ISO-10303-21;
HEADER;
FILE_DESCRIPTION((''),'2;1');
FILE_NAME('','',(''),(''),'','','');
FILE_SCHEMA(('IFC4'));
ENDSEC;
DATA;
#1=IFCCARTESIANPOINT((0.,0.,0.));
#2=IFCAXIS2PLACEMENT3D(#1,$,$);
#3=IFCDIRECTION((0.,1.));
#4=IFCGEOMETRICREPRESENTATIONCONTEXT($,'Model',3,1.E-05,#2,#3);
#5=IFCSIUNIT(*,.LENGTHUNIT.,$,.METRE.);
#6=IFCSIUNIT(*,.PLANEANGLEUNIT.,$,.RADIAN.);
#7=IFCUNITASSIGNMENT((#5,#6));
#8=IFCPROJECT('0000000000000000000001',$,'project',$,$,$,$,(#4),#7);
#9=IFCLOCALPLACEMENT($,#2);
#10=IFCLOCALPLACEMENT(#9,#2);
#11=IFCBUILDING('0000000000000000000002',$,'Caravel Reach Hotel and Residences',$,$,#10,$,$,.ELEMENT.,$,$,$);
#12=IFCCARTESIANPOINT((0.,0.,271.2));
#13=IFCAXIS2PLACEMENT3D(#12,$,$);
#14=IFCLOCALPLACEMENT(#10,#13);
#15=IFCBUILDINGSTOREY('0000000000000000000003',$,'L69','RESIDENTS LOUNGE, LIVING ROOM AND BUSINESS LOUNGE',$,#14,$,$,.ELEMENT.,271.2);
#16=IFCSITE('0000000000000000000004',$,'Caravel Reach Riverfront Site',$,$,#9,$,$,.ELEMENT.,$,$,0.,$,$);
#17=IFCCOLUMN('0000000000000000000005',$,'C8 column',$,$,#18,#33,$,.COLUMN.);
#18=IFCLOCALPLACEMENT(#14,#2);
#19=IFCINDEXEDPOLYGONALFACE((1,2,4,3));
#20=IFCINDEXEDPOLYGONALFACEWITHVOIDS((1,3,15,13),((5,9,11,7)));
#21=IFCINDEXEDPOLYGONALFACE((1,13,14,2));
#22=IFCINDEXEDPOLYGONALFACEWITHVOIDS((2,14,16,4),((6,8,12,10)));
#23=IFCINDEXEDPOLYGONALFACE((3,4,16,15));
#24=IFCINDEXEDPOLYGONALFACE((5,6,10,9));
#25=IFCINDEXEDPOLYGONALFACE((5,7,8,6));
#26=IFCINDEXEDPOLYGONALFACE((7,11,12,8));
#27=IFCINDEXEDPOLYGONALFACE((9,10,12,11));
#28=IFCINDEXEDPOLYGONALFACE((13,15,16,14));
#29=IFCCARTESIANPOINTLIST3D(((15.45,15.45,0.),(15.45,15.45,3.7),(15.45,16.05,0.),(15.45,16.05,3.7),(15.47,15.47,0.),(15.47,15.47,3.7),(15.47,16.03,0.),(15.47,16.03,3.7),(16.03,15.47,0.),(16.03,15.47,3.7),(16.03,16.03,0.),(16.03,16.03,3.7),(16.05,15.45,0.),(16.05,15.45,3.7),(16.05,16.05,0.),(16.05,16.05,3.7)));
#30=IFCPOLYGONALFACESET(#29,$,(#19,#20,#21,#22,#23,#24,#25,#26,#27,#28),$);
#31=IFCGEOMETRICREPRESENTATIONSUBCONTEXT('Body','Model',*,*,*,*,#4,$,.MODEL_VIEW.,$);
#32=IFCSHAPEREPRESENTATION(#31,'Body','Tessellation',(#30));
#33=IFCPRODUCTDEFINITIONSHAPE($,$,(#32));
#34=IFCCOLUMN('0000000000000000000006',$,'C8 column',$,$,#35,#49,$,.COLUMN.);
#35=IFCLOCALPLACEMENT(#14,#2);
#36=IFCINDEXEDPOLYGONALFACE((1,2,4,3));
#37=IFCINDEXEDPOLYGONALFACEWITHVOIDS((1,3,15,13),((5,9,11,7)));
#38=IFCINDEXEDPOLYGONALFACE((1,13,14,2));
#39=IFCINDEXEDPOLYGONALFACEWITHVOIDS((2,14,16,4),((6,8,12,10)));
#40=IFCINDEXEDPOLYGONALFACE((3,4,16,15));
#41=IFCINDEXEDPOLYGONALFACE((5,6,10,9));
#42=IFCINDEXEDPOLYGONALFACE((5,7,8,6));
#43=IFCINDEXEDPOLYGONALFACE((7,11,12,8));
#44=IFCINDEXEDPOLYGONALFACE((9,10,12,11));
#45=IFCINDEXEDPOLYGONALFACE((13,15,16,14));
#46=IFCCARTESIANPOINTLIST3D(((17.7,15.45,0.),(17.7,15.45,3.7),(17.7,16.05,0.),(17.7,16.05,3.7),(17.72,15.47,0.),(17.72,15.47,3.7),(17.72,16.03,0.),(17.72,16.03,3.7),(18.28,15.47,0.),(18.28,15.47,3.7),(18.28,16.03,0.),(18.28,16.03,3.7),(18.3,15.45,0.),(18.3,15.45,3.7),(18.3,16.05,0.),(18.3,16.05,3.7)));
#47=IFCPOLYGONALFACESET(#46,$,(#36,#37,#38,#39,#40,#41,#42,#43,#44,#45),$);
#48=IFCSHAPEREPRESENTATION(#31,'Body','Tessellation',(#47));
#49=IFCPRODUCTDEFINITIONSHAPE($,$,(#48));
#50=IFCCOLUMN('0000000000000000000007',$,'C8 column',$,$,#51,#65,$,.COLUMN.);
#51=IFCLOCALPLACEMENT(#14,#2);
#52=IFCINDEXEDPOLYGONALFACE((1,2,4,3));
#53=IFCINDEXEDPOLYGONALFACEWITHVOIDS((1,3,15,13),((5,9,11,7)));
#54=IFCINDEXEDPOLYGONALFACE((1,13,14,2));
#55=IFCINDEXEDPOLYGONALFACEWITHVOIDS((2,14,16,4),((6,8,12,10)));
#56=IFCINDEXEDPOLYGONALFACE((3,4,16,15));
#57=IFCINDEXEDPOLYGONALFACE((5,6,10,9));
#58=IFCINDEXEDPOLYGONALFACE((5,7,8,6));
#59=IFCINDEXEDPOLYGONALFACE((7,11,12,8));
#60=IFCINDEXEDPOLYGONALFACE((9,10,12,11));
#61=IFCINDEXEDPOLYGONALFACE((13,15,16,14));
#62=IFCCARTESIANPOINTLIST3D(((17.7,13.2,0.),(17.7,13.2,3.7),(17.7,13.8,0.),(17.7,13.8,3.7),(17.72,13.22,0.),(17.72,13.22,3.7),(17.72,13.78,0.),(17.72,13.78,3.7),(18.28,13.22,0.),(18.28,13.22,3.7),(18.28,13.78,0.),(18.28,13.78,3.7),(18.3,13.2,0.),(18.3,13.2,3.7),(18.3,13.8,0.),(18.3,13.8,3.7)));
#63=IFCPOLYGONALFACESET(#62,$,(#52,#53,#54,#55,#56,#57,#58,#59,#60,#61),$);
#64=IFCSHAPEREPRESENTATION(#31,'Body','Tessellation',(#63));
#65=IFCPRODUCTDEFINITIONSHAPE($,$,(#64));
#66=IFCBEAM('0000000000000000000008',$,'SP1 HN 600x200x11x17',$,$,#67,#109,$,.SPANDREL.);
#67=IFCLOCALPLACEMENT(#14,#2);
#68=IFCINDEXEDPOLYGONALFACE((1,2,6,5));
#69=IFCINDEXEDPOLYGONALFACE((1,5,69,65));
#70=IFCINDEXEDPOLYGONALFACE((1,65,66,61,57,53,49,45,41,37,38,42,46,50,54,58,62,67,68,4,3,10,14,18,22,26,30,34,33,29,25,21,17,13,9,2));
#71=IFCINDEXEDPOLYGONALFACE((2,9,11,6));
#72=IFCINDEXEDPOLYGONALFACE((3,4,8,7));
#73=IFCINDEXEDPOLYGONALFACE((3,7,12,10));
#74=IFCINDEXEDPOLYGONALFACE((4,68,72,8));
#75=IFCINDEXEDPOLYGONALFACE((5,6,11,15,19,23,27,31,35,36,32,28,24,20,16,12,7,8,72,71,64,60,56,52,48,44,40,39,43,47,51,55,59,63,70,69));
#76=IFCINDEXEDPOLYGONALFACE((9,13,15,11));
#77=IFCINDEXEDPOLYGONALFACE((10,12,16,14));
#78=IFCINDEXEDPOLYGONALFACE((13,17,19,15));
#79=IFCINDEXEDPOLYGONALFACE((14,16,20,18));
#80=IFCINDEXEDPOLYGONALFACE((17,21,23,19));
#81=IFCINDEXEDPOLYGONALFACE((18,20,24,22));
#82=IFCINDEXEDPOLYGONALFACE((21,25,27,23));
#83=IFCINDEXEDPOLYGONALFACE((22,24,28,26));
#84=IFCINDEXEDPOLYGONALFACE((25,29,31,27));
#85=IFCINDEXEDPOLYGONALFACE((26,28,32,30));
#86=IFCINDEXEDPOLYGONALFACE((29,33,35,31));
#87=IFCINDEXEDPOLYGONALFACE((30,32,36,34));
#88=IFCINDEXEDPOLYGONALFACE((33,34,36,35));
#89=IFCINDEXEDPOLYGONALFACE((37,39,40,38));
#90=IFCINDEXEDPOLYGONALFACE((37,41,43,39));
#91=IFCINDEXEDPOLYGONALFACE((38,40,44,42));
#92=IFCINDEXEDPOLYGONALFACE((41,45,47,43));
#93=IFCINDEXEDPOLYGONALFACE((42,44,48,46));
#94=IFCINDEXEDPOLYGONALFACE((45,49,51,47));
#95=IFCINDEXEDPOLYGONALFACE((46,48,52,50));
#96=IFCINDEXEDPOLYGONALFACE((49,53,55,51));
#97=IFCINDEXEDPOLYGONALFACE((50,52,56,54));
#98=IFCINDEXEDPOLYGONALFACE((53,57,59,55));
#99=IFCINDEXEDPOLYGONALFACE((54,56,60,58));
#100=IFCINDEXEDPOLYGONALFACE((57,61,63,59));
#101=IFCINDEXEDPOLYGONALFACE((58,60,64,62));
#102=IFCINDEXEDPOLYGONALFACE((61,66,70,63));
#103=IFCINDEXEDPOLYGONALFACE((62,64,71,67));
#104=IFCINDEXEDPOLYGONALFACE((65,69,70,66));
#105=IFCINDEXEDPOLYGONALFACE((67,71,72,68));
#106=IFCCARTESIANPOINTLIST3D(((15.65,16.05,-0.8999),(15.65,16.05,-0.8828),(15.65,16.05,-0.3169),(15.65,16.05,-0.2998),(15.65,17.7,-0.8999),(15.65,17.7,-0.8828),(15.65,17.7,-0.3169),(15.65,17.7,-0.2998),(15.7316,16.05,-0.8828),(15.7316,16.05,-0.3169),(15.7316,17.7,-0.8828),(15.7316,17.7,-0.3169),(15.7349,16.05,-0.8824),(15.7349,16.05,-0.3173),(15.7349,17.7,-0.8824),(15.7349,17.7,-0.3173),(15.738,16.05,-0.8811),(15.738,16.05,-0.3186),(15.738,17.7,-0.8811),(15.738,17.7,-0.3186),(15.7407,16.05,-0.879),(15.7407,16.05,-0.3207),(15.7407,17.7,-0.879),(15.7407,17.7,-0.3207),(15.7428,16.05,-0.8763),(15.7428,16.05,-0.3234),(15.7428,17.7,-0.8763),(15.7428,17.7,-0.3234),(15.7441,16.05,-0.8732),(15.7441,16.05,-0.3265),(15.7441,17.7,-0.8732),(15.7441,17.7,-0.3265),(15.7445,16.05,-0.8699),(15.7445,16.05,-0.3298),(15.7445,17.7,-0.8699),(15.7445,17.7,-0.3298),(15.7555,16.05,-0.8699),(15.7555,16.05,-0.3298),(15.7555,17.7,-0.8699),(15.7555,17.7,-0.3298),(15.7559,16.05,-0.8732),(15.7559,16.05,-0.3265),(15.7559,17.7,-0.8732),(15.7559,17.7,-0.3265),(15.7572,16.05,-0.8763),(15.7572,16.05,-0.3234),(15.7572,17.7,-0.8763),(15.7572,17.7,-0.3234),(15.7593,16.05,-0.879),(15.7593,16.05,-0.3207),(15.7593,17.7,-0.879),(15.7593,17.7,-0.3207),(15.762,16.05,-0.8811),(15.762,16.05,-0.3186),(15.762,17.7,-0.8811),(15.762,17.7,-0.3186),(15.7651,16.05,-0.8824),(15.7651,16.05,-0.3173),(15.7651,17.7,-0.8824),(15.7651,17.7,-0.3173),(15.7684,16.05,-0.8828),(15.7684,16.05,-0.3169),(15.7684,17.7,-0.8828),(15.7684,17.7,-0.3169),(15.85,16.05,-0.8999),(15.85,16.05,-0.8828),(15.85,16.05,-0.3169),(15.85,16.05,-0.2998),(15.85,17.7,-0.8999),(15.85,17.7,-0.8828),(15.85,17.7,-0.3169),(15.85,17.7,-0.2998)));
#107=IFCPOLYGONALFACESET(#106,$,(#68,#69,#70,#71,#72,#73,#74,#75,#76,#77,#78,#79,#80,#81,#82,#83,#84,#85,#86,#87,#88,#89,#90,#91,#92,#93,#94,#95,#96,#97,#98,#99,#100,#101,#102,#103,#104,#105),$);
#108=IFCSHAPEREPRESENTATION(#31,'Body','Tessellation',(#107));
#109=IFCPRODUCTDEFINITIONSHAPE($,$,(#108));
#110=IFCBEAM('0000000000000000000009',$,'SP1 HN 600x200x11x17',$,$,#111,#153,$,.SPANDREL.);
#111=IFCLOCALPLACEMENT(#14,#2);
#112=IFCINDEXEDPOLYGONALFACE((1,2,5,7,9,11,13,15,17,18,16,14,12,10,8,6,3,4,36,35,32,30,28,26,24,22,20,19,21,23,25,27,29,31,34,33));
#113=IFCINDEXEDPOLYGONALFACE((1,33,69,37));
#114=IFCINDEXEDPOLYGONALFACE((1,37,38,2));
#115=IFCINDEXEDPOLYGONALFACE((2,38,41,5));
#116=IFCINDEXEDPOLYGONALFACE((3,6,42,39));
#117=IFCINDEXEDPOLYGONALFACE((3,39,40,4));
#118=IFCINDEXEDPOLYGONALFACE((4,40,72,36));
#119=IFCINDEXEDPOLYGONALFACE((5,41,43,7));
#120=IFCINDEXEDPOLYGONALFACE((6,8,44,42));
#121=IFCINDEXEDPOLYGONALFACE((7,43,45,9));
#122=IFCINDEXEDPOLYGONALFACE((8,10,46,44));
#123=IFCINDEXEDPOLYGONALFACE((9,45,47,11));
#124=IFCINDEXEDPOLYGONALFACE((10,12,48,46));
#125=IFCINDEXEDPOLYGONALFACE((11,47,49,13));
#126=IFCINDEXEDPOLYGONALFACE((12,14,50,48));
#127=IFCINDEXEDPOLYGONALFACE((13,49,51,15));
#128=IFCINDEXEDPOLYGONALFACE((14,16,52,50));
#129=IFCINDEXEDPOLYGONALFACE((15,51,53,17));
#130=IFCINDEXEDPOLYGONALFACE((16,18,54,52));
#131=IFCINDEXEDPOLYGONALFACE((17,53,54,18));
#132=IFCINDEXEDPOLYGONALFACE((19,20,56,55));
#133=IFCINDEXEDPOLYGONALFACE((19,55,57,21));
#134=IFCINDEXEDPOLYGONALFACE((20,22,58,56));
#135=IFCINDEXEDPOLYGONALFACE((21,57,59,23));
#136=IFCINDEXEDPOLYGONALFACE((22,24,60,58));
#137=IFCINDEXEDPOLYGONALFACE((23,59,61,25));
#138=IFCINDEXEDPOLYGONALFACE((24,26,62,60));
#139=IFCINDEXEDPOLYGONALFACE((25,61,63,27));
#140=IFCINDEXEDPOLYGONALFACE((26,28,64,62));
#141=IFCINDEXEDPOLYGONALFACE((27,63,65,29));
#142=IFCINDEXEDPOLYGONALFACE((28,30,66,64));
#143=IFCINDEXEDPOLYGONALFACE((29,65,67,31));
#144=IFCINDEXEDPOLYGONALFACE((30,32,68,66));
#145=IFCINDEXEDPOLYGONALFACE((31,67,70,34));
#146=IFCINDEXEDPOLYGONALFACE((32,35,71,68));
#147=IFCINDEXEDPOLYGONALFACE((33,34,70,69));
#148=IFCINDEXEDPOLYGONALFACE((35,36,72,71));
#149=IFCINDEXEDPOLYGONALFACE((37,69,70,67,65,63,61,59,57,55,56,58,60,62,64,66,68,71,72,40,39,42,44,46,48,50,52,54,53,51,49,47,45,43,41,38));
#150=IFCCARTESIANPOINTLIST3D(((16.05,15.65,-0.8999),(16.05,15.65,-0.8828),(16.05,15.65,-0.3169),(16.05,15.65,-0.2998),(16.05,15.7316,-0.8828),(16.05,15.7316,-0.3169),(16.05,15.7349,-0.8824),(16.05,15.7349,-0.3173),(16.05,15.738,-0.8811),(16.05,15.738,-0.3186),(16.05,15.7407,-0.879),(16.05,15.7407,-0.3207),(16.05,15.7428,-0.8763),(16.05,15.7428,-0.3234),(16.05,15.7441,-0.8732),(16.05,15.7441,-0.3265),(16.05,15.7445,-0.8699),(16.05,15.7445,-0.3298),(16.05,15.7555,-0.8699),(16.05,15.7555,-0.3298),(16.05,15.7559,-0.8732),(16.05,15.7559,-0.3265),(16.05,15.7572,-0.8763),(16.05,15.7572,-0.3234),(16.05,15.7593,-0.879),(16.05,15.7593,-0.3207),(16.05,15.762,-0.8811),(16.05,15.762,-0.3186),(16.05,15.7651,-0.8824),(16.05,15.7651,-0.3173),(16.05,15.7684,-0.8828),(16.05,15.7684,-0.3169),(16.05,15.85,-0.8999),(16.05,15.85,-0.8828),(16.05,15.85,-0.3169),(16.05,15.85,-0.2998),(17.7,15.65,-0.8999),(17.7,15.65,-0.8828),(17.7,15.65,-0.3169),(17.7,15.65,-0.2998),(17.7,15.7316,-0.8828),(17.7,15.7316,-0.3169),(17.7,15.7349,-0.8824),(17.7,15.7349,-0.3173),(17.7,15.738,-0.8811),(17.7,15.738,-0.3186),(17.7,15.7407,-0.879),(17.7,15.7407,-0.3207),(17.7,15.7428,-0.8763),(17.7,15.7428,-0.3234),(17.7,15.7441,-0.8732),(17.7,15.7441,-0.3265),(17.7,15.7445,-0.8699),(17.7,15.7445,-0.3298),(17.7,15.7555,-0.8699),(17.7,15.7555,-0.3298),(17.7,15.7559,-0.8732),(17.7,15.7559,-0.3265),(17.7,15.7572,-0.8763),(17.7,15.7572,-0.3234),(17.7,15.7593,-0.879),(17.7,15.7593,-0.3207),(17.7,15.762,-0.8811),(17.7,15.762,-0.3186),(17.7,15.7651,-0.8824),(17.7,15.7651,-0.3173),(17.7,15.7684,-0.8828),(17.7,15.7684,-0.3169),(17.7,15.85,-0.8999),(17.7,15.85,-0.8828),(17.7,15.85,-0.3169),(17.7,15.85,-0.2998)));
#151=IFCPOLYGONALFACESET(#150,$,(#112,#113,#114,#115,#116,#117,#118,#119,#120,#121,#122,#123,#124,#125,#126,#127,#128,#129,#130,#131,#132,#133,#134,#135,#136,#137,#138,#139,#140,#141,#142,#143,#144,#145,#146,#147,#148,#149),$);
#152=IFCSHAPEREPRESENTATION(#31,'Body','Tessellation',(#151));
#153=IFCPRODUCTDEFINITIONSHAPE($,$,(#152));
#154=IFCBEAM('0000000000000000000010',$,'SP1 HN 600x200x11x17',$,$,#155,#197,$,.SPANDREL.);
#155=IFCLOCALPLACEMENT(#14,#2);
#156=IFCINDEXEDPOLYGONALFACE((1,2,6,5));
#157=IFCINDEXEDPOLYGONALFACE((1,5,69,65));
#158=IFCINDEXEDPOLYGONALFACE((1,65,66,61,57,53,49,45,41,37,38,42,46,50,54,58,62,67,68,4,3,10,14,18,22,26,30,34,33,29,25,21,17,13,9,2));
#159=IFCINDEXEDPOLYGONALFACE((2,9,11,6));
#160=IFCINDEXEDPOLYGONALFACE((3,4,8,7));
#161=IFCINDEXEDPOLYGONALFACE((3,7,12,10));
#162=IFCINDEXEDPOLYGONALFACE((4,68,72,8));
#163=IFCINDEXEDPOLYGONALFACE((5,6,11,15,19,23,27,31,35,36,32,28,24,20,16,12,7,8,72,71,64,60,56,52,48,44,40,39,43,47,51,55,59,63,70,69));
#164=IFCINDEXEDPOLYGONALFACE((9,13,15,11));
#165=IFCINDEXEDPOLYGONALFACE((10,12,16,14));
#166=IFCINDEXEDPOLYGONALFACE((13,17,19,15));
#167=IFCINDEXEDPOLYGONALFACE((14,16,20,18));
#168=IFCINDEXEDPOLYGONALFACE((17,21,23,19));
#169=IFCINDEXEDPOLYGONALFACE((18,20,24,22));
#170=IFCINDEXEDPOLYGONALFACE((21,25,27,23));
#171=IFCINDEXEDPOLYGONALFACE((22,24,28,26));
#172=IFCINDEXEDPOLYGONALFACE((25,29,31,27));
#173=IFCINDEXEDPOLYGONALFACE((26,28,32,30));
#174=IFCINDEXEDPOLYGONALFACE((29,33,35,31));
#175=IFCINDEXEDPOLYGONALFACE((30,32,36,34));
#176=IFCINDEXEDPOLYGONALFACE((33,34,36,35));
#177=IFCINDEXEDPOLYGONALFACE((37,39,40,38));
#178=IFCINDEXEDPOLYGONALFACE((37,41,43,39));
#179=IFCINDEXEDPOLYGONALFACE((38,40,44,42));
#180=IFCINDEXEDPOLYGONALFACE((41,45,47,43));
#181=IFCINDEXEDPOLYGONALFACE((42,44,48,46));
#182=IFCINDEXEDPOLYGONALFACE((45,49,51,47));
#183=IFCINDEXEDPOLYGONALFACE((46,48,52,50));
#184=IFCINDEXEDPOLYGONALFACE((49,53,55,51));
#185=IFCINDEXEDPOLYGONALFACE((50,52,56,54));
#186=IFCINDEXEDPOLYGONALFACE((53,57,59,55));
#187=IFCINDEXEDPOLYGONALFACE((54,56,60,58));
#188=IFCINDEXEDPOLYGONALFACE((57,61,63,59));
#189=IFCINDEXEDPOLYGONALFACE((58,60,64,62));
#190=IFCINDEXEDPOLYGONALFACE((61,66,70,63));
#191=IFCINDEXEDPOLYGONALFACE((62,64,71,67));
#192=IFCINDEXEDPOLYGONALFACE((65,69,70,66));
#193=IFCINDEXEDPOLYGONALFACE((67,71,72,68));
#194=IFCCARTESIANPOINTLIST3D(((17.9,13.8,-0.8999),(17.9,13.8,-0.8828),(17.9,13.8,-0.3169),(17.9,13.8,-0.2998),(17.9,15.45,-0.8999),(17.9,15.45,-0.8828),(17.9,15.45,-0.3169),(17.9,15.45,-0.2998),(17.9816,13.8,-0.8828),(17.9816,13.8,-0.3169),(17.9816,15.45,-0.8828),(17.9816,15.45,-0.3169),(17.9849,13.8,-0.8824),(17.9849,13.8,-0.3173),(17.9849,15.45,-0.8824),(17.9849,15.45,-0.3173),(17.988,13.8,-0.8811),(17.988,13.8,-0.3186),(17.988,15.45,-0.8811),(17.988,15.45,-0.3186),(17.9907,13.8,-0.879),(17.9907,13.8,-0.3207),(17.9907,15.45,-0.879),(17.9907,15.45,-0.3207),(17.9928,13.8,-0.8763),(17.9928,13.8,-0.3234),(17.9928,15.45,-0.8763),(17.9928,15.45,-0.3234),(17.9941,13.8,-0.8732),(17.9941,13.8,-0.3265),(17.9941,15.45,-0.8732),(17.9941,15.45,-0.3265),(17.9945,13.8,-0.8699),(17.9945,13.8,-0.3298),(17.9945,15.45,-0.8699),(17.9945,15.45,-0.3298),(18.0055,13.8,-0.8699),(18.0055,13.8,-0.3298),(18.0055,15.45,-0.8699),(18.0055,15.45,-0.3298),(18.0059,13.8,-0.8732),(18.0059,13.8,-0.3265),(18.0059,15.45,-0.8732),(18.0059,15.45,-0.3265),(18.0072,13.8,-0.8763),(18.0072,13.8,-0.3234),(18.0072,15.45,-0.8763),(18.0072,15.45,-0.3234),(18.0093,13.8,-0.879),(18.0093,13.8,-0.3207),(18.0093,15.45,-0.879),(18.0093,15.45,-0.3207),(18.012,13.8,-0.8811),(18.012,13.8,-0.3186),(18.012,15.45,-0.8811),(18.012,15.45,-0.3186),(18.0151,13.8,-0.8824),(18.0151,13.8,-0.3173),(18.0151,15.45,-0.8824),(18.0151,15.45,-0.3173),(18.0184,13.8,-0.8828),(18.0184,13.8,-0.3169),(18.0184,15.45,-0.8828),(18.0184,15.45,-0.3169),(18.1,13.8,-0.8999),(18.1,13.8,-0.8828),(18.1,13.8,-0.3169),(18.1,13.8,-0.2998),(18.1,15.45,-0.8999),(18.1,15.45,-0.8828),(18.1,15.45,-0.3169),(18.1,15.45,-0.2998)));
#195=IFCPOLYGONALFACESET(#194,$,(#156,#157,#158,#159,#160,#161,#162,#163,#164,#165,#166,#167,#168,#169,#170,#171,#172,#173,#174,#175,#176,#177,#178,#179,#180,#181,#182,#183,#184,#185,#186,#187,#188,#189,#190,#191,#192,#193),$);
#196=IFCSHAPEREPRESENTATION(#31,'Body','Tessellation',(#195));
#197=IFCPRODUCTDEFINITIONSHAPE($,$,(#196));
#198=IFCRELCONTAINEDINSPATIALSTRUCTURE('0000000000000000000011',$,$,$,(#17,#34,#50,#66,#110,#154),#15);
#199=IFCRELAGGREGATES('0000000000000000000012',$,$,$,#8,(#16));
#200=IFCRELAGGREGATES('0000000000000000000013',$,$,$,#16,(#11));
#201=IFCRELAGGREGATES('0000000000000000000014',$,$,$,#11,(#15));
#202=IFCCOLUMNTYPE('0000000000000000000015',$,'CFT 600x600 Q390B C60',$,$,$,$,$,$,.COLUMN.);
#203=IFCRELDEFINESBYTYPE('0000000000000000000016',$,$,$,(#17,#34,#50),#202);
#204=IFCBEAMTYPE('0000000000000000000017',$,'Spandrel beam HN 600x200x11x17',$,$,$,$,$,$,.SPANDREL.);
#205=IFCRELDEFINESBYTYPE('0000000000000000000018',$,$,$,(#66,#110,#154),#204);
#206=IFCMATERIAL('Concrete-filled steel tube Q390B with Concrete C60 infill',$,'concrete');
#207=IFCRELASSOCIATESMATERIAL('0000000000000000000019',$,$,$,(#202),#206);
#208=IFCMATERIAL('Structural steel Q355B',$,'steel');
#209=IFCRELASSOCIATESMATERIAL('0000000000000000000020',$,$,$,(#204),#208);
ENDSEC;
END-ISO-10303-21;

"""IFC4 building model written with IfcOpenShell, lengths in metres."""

from ifc_helpers import new_model, si_unit, direction, frame, origin, origin_2d, place, context, subcontext, project, spatial, hollow_rectangle, i_section, extrude, material, material_profile, profile_set, type_object, element, save


model = new_model("IFC4")

# Units and contexts
model_context = context("Model", 3, precision=1e-05, world=origin(), true_north=direction((0.0, 1.0)))
body_context = subcontext(model_context, "Body", "Model", "MODEL_VIEW")
ifc_project = project(units=[si_unit("LENGTHUNIT", "METRE"), si_unit("PLANEANGLEUNIT", "RADIAN")], contexts=[model_context])

# Site, building, storey
site_placement = place(None, origin())
site = spatial("IfcSite", under=ifc_project, at=site_placement, Name="Caravel Reach Riverfront Site", CompositionType="ELEMENT", RefElevation=0.0)
building_placement = place(site_placement, origin())
building = spatial("IfcBuilding", under=site, at=building_placement, Name="Caravel Reach Hotel and Residences", CompositionType="ELEMENT")
storey_placement = place(building_placement, frame((0.0, 0.0, 271.2)))
storey = spatial("IfcBuildingStorey", under=building, at=storey_placement, Name="L69", Description="RESIDENTS LOUNGE, LIVING ROOM AND BUSINESS LOUNGE", CompositionType="ELEMENT", Elevation=271.2)

# Columns
ifc_material_1 = material(Name="Concrete-filled steel tube Q390B with Concrete C60 infill", Category="concrete")
ifc_material_profile_1 = material_profile(ifc_material_1, hollow_rectangle(XDim=0.6001, YDim=0.6001, WallThickness=0.02, at=origin_2d()), Name="RHS 600x600x20")
ifc_profile_set_1 = profile_set([ifc_material_profile_1], Name="Concrete-filled steel tube Q390B with Concrete C60 infill")
column_type = type_object("IfcColumnType", Name="CFT 600x600 Q390B C60", PredefinedType="COLUMN", material=ifc_profile_set_1)
for number, where, z_axis, x_axis, name in (
    (1, (15.75, 15.75, 0.0), (0.0, 0.0, 1.0), (1.0, 0.0, 0.0), "C8 column"),
    (2, (18.0, 15.75, 0.0), (0.0, 0.0, 1.0), (1.0, 0.0, 0.0), "C8 column"),
    (3, (18.0, 13.5, 0.0), (0.0, 0.0, 1.0), (1.0, 0.0, 0.0), "C8 column"),
):
    element("IfcColumn", number, at=place(storey_placement, frame(where, z_axis=z_axis, x_axis=x_axis)), inside=storey, type_object=column_type, Name=name, PredefinedType="COLUMN", context=body_context, shape_type="SweptSolid", body=[
        extrude(hollow_rectangle(XDim=0.6001, YDim=0.6001, WallThickness=0.02, at=origin_2d()), origin(), (0.0, 0.0, 1.0), 3.7),
    ])

# Beams
ifc_material_2 = material(Name="Structural steel Q355B", Category="steel")
ifc_material_profile_2 = material_profile(ifc_material_2, i_section(OverallWidth=0.2, OverallDepth=0.6001, WebThickness=0.011, FlangeThickness=0.0171, FilletRadius=0.0129, at=origin_2d()), Name="HN 600x200x11x17")
ifc_profile_set_2 = profile_set([ifc_material_profile_2], Name="Structural steel Q355B")
beam_type = type_object("IfcBeamType", Name="Spandrel beam HN 600x200x11x17", PredefinedType="SPANDREL", material=ifc_profile_set_2)
for number, where, z_axis, x_axis, name in (
    (4, (15.75, 17.7, -0.5999), (0.0, -1.0, 0.0), (1.0, 0.0, 0.0), "SP1 HN 600x200x11x17"),
    (5, (16.05, 15.75, -0.5999), (1.0, 0.0, 0.0), (0.0, 1.0, 0.0), "SP1 HN 600x200x11x17"),
    (6, (18.0, 15.45, -0.5999), (0.0, -1.0, 0.0), (1.0, 0.0, 0.0), "SP1 HN 600x200x11x17"),
):
    element("IfcBeam", number, at=place(storey_placement, frame(where, z_axis=z_axis, x_axis=x_axis)), inside=storey, type_object=beam_type, Name=name, PredefinedType="SPANDREL", context=body_context, shape_type="SweptSolid", body=[
        extrude(i_section(OverallWidth=0.2, OverallDepth=0.6001, WebThickness=0.011, FlangeThickness=0.0171, FilletRadius=0.0129, at=origin_2d()), origin(), (0.0, 0.0, 1.0), 1.6499),
    ])

save(model, "model.ifc")
